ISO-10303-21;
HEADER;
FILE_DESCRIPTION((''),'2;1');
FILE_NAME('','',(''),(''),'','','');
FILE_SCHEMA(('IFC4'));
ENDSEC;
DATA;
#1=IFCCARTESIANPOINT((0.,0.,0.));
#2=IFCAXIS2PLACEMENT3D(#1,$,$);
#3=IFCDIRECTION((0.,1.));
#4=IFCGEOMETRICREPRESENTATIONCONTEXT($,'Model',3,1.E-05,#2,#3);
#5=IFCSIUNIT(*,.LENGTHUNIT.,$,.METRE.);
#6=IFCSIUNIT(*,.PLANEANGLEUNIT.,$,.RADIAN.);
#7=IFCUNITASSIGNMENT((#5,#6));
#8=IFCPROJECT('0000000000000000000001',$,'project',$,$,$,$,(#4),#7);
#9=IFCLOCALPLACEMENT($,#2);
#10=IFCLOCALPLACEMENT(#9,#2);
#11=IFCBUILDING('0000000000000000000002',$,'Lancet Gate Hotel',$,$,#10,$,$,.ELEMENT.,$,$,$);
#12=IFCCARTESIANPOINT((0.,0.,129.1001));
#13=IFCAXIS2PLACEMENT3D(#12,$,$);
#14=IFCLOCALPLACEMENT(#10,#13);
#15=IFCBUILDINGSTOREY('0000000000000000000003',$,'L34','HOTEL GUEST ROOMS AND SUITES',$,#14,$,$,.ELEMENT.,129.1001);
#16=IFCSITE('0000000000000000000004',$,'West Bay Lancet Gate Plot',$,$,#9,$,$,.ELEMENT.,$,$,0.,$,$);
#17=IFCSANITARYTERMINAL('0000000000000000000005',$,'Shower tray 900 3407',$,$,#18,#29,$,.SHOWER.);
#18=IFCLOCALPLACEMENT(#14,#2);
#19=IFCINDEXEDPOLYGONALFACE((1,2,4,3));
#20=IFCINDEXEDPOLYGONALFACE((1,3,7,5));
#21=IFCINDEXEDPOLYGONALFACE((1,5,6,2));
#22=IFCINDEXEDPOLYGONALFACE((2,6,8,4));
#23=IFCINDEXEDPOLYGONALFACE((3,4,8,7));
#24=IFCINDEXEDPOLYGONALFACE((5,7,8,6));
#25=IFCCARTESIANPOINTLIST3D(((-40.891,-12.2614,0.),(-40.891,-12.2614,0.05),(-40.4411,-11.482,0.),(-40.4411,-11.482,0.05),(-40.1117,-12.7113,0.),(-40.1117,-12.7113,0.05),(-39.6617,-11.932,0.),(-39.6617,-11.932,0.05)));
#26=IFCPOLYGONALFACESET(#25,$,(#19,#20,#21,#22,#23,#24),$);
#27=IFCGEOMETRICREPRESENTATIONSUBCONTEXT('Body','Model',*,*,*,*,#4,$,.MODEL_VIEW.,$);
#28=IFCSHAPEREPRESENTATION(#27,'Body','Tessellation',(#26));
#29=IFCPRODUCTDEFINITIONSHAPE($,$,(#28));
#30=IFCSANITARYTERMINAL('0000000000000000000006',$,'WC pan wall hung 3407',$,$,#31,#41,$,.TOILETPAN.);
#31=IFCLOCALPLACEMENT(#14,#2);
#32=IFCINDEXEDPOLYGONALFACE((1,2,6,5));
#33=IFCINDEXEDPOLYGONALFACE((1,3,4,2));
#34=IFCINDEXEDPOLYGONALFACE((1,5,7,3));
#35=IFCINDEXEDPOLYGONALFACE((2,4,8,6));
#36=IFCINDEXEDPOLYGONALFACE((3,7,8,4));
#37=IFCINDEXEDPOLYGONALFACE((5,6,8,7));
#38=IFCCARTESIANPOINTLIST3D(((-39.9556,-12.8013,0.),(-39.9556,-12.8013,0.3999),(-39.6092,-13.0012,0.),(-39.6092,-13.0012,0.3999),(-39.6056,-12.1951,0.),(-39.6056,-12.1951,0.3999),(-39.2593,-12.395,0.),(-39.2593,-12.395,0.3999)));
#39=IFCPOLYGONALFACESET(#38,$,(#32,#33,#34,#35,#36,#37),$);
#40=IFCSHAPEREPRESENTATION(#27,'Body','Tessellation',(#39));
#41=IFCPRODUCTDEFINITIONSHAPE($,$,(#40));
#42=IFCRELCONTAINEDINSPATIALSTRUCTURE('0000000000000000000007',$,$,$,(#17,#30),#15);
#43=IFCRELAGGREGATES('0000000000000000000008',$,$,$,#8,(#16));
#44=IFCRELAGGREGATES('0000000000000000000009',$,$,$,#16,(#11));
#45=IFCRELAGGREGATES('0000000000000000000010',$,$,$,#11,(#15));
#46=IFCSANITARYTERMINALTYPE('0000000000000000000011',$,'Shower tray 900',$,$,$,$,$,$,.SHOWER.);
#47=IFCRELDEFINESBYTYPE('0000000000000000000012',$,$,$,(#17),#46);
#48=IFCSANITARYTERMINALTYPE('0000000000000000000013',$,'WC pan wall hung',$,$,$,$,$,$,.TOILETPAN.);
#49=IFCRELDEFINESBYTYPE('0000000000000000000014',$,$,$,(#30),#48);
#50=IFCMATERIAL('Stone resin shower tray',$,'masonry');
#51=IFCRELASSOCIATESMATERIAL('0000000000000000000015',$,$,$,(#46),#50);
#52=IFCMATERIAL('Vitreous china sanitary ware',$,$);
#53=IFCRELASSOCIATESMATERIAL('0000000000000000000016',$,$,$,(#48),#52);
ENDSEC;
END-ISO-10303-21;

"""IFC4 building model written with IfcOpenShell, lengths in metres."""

from ifc_helpers import new_model, si_unit, direction, frame, origin, origin_2d, place, context, subcontext, project, spatial, rectangle, extrude, material, type_object, element, save


model = new_model("IFC4")

# Units and contexts
model_context = context("Model", 3, precision=1e-05, world=origin(), true_north=direction((0.0, 1.0)))
body_context = subcontext(model_context, "Body", "Model", "MODEL_VIEW")
ifc_project = project(units=[si_unit("LENGTHUNIT", "METRE"), si_unit("PLANEANGLEUNIT", "RADIAN")], contexts=[model_context])

# Site, building, storey
site_placement = place(None, origin())
site = spatial("IfcSite", under=ifc_project, at=site_placement, Name="West Bay Lancet Gate Plot", CompositionType="ELEMENT", RefElevation=0.0)
building_placement = place(site_placement, origin())
building = spatial("IfcBuilding", under=site, at=building_placement, Name="Lancet Gate Hotel", CompositionType="ELEMENT")
storey_placement = place(building_placement, frame((0.0, 0.0, 129.1001)))
storey = spatial("IfcBuildingStorey", under=building, at=storey_placement, Name="L34", Description="HOTEL GUEST ROOMS AND SUITES", CompositionType="ELEMENT", Elevation=129.1001)

# Sanitary terminals
ifc_material_1 = material(Name="Stone resin shower tray", Category="masonry")
sanitary_terminal_type_1 = type_object("IfcSanitaryTerminalType", Name="Shower tray 900", PredefinedType="SHOWER", material=ifc_material_1)
sanitary_terminal_1_placement = place(storey_placement, frame((-40.2764, -12.0967, 0.0), z_axis=(0.0, 0.0, 1.0), x_axis=(-0.866025, 0.5, 0.0)))
element("IfcSanitaryTerminal", 1, at=sanitary_terminal_1_placement, inside=storey, type_object=sanitary_terminal_type_1, Name="Shower tray 900 3407", PredefinedType="SHOWER", context=body_context, shape_type="SweptSolid", body=[
    extrude(rectangle(XDim=0.8999, YDim=0.8999, at=origin_2d()), origin(), (0.0, 0.0, 1.0), 0.05),
])
ifc_material_2 = material(Name="Vitreous china sanitary ware")
sanitary_terminal_type_2 = type_object("IfcSanitaryTerminalType", Name="WC pan wall hung", PredefinedType="TOILETPAN", material=ifc_material_2)
sanitary_terminal_2_placement = place(storey_placement, frame((-39.6074, -12.5981, 0.0), z_axis=(0.0, 0.0, 1.0), x_axis=(-0.866025, 0.5, 0.0)))
element("IfcSanitaryTerminal", 2, at=sanitary_terminal_2_placement, inside=storey, type_object=sanitary_terminal_type_2, Name="WC pan wall hung 3407", PredefinedType="TOILETPAN", context=body_context, shape_type="SweptSolid", body=[
    extrude(rectangle(XDim=0.3999, YDim=0.7, at=origin_2d()), origin(), (0.0, 0.0, 1.0), 0.3999),
])

save(model, "model.ifc")
